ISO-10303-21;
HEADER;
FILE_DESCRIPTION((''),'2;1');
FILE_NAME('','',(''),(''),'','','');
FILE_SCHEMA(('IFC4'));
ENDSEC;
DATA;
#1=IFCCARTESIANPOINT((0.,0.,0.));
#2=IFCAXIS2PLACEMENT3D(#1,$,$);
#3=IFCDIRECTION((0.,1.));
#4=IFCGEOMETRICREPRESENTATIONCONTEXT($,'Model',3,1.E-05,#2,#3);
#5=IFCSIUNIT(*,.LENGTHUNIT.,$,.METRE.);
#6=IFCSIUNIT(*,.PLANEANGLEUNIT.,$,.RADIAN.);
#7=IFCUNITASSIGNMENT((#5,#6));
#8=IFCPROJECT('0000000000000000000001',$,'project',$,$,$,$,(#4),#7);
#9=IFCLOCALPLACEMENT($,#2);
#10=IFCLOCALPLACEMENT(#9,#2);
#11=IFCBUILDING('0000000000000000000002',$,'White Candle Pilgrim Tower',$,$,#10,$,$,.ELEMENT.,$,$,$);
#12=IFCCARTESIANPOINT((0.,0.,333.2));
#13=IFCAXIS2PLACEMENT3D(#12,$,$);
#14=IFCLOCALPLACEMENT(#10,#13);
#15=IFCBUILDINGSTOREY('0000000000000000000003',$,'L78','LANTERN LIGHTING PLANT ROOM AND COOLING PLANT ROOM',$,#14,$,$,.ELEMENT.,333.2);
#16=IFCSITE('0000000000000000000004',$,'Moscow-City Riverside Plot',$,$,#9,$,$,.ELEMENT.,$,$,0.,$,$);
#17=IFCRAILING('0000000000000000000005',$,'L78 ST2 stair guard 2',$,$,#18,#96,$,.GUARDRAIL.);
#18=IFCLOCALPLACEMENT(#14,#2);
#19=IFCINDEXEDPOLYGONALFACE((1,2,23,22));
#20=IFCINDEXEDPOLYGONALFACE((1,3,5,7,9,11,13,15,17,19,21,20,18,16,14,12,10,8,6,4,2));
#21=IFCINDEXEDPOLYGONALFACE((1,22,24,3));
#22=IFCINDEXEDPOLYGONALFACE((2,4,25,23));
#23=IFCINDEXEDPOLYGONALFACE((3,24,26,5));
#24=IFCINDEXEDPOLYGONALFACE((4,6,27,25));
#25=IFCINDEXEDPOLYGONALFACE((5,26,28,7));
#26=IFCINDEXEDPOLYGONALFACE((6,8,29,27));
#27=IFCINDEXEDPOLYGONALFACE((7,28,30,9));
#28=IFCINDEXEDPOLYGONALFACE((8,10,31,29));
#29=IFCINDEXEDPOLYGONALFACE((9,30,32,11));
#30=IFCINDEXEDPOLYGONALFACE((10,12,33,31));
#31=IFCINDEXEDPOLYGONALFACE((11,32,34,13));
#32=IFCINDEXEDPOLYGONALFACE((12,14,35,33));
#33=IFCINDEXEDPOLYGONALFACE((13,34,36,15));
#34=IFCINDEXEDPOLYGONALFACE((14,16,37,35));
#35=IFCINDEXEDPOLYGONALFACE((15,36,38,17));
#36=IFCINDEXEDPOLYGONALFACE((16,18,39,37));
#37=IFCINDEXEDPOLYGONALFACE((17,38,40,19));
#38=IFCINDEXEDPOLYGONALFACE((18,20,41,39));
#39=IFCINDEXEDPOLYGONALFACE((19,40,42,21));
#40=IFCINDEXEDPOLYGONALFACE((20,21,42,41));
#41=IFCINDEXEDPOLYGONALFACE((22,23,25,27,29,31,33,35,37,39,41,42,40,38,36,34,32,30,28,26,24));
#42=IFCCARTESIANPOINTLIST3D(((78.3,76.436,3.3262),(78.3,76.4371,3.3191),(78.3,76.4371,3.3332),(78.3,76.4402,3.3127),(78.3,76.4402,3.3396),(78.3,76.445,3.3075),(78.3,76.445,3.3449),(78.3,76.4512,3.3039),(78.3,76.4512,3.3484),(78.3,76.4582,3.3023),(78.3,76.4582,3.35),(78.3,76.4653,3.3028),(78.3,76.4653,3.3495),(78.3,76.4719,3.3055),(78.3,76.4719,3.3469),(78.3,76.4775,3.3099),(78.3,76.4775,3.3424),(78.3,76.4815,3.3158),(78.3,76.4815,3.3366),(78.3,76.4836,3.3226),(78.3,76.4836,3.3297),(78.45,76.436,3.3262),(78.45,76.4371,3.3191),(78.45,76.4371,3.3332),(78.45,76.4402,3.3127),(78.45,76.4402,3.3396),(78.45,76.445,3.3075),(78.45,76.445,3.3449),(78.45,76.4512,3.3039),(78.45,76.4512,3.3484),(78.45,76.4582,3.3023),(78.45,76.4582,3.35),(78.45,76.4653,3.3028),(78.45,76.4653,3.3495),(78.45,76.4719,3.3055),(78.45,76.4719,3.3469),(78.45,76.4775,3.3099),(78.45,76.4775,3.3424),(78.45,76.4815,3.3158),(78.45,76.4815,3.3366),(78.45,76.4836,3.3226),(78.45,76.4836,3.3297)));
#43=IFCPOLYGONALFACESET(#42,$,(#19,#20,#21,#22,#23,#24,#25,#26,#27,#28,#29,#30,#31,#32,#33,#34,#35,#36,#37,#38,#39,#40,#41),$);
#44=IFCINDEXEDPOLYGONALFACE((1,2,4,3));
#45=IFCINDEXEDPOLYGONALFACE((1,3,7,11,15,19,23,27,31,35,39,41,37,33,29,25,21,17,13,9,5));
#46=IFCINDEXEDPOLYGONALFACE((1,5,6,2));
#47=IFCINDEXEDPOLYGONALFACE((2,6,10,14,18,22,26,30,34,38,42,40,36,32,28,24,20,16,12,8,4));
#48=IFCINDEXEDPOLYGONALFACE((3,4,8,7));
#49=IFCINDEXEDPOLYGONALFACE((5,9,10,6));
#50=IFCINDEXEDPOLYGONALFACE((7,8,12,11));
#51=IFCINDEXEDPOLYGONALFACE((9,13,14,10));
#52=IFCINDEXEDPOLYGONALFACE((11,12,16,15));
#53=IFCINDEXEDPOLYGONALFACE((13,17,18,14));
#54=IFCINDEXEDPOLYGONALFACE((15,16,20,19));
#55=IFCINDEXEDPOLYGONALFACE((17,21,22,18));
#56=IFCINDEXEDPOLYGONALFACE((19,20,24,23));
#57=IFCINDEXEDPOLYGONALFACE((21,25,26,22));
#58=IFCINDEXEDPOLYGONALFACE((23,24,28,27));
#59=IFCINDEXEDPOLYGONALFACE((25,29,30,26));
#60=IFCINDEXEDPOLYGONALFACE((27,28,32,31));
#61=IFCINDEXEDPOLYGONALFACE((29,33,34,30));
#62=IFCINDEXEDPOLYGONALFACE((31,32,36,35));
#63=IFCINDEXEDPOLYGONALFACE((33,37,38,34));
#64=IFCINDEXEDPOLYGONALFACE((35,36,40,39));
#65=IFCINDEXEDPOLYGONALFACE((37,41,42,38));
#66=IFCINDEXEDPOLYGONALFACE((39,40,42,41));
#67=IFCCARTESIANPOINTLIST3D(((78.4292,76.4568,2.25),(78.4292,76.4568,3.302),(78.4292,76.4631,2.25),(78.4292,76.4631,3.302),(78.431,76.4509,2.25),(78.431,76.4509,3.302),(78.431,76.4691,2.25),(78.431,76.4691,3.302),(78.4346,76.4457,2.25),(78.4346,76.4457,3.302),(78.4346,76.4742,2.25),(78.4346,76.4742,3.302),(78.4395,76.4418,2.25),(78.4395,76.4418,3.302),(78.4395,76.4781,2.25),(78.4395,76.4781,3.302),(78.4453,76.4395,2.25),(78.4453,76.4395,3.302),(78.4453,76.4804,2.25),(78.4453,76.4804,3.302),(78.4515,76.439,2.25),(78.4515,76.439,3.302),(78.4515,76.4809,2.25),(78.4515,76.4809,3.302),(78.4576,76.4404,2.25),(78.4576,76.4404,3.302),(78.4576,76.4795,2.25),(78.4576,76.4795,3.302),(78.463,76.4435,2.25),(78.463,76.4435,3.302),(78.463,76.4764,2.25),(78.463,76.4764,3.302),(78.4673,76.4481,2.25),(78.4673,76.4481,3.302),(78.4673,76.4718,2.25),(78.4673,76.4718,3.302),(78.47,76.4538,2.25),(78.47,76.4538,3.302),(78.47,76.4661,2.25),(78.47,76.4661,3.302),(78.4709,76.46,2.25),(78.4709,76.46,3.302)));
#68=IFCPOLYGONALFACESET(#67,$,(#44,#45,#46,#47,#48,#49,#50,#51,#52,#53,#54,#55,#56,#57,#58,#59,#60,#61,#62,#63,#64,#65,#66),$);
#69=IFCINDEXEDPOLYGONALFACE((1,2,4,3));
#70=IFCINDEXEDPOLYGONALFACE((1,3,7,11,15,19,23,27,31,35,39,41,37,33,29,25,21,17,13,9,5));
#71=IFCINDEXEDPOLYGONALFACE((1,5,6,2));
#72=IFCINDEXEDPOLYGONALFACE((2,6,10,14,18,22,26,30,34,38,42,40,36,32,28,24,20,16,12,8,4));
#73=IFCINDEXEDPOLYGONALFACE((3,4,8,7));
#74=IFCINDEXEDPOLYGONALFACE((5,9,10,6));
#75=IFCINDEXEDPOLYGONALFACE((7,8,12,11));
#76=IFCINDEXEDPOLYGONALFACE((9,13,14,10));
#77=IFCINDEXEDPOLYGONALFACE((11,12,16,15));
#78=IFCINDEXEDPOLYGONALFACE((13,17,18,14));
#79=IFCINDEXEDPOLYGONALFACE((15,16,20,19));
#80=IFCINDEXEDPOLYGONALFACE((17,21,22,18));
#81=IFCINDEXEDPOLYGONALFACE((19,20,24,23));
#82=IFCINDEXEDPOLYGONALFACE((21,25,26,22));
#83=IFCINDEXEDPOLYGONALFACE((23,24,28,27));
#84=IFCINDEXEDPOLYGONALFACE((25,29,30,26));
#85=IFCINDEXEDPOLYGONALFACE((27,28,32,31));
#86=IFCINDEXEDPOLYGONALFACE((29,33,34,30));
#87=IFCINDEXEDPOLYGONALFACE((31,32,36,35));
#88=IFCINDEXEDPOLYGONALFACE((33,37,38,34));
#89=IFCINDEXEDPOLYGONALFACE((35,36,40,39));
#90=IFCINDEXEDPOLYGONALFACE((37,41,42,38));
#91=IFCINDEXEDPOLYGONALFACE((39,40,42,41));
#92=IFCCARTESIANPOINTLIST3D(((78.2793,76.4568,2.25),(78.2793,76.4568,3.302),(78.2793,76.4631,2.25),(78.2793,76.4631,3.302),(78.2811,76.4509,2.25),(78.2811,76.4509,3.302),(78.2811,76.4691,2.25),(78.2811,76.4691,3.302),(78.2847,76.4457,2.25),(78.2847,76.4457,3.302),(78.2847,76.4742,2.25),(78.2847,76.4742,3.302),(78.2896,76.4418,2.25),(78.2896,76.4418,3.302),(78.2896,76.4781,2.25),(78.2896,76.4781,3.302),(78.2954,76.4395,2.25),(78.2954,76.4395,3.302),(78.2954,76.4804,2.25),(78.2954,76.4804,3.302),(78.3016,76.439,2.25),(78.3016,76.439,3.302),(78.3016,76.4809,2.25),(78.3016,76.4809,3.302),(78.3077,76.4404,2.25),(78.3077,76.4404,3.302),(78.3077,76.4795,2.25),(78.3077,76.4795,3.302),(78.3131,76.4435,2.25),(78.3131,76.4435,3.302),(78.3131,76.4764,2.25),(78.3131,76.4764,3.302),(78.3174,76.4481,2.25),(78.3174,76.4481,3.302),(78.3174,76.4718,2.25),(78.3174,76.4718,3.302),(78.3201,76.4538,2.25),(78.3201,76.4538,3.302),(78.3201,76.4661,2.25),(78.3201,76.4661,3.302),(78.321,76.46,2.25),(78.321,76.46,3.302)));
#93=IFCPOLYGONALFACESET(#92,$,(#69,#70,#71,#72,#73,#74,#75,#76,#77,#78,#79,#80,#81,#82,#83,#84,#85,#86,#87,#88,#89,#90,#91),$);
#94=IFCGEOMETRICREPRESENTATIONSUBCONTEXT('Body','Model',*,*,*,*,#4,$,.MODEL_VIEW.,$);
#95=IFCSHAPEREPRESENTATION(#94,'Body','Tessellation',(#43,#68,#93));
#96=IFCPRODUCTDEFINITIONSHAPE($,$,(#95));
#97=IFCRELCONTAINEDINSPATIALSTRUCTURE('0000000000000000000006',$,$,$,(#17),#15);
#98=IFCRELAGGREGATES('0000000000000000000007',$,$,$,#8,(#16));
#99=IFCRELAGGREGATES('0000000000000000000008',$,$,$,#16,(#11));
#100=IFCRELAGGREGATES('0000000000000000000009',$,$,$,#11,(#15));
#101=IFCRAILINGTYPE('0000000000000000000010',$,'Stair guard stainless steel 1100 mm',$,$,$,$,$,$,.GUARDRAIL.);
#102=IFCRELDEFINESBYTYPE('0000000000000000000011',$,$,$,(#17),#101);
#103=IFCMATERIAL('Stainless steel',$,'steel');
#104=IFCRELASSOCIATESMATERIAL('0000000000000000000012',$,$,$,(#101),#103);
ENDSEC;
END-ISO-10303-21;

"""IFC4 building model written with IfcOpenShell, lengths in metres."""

from ifc_helpers import new_model, si_unit, direction, frame, origin, origin_2d, place, context, subcontext, project, spatial, circle, extrude, material, type_object, element, save


model = new_model("IFC4")

# Units and contexts
model_context = context("Model", 3, precision=1e-05, world=origin(), true_north=direction((0.0, 1.0)))
body_context = subcontext(model_context, "Body", "Model", "MODEL_VIEW")
ifc_project = project(units=[si_unit("LENGTHUNIT", "METRE"), si_unit("PLANEANGLEUNIT", "RADIAN")], contexts=[model_context])

# Site, building, storey
site_placement = place(None, origin())
site = spatial("IfcSite", under=ifc_project, at=site_placement, Name="Moscow-City Riverside Plot", CompositionType="ELEMENT", RefElevation=0.0)
building_placement = place(site_placement, origin())
building = spatial("IfcBuilding", under=site, at=building_placement, Name="White Candle Pilgrim Tower", CompositionType="ELEMENT")
storey_placement = place(building_placement, frame((0.0, 0.0, 333.2)))
storey = spatial("IfcBuildingStorey", under=building, at=storey_placement, Name="L78", Description="LANTERN LIGHTING PLANT ROOM AND COOLING PLANT ROOM", CompositionType="ELEMENT", Elevation=333.2)

# Railing
ifc_material_1 = material(Name="Stainless steel", Category="steel")
railing_type_1 = type_object("IfcRailingType", Name="Stair guard stainless steel 1100 mm", PredefinedType="GUARDRAIL", material=ifc_material_1)
railing_1_placement = place(storey_placement, frame((78.45, 76.46, 2.25)))
element("IfcRailing", 1, at=railing_1_placement, inside=storey, type_object=railing_type_1, Name="L78 ST2 stair guard 2", PredefinedType="GUARDRAIL", context=body_context, shape_type="SweptSolid", body=[
    extrude(circle(Radius=0.0239, at=origin_2d()), frame((0.0, 0.0, 1.0762), z_axis=(-1.0, 0.0, 0.0), x_axis=(0.0, -1.0, 0.0)), (0.0, 0.0, 1.0), 0.1499),
    extrude(circle(Radius=0.021, at=origin_2d()), origin(), (0.0, 0.0, 1.0), 1.052),
    extrude(circle(Radius=0.021, at=origin_2d()), frame((-0.1499, 0.0, 0.0)), (0.0, 0.0, 1.0), 1.052),
])

save(model, "model.ifc")
